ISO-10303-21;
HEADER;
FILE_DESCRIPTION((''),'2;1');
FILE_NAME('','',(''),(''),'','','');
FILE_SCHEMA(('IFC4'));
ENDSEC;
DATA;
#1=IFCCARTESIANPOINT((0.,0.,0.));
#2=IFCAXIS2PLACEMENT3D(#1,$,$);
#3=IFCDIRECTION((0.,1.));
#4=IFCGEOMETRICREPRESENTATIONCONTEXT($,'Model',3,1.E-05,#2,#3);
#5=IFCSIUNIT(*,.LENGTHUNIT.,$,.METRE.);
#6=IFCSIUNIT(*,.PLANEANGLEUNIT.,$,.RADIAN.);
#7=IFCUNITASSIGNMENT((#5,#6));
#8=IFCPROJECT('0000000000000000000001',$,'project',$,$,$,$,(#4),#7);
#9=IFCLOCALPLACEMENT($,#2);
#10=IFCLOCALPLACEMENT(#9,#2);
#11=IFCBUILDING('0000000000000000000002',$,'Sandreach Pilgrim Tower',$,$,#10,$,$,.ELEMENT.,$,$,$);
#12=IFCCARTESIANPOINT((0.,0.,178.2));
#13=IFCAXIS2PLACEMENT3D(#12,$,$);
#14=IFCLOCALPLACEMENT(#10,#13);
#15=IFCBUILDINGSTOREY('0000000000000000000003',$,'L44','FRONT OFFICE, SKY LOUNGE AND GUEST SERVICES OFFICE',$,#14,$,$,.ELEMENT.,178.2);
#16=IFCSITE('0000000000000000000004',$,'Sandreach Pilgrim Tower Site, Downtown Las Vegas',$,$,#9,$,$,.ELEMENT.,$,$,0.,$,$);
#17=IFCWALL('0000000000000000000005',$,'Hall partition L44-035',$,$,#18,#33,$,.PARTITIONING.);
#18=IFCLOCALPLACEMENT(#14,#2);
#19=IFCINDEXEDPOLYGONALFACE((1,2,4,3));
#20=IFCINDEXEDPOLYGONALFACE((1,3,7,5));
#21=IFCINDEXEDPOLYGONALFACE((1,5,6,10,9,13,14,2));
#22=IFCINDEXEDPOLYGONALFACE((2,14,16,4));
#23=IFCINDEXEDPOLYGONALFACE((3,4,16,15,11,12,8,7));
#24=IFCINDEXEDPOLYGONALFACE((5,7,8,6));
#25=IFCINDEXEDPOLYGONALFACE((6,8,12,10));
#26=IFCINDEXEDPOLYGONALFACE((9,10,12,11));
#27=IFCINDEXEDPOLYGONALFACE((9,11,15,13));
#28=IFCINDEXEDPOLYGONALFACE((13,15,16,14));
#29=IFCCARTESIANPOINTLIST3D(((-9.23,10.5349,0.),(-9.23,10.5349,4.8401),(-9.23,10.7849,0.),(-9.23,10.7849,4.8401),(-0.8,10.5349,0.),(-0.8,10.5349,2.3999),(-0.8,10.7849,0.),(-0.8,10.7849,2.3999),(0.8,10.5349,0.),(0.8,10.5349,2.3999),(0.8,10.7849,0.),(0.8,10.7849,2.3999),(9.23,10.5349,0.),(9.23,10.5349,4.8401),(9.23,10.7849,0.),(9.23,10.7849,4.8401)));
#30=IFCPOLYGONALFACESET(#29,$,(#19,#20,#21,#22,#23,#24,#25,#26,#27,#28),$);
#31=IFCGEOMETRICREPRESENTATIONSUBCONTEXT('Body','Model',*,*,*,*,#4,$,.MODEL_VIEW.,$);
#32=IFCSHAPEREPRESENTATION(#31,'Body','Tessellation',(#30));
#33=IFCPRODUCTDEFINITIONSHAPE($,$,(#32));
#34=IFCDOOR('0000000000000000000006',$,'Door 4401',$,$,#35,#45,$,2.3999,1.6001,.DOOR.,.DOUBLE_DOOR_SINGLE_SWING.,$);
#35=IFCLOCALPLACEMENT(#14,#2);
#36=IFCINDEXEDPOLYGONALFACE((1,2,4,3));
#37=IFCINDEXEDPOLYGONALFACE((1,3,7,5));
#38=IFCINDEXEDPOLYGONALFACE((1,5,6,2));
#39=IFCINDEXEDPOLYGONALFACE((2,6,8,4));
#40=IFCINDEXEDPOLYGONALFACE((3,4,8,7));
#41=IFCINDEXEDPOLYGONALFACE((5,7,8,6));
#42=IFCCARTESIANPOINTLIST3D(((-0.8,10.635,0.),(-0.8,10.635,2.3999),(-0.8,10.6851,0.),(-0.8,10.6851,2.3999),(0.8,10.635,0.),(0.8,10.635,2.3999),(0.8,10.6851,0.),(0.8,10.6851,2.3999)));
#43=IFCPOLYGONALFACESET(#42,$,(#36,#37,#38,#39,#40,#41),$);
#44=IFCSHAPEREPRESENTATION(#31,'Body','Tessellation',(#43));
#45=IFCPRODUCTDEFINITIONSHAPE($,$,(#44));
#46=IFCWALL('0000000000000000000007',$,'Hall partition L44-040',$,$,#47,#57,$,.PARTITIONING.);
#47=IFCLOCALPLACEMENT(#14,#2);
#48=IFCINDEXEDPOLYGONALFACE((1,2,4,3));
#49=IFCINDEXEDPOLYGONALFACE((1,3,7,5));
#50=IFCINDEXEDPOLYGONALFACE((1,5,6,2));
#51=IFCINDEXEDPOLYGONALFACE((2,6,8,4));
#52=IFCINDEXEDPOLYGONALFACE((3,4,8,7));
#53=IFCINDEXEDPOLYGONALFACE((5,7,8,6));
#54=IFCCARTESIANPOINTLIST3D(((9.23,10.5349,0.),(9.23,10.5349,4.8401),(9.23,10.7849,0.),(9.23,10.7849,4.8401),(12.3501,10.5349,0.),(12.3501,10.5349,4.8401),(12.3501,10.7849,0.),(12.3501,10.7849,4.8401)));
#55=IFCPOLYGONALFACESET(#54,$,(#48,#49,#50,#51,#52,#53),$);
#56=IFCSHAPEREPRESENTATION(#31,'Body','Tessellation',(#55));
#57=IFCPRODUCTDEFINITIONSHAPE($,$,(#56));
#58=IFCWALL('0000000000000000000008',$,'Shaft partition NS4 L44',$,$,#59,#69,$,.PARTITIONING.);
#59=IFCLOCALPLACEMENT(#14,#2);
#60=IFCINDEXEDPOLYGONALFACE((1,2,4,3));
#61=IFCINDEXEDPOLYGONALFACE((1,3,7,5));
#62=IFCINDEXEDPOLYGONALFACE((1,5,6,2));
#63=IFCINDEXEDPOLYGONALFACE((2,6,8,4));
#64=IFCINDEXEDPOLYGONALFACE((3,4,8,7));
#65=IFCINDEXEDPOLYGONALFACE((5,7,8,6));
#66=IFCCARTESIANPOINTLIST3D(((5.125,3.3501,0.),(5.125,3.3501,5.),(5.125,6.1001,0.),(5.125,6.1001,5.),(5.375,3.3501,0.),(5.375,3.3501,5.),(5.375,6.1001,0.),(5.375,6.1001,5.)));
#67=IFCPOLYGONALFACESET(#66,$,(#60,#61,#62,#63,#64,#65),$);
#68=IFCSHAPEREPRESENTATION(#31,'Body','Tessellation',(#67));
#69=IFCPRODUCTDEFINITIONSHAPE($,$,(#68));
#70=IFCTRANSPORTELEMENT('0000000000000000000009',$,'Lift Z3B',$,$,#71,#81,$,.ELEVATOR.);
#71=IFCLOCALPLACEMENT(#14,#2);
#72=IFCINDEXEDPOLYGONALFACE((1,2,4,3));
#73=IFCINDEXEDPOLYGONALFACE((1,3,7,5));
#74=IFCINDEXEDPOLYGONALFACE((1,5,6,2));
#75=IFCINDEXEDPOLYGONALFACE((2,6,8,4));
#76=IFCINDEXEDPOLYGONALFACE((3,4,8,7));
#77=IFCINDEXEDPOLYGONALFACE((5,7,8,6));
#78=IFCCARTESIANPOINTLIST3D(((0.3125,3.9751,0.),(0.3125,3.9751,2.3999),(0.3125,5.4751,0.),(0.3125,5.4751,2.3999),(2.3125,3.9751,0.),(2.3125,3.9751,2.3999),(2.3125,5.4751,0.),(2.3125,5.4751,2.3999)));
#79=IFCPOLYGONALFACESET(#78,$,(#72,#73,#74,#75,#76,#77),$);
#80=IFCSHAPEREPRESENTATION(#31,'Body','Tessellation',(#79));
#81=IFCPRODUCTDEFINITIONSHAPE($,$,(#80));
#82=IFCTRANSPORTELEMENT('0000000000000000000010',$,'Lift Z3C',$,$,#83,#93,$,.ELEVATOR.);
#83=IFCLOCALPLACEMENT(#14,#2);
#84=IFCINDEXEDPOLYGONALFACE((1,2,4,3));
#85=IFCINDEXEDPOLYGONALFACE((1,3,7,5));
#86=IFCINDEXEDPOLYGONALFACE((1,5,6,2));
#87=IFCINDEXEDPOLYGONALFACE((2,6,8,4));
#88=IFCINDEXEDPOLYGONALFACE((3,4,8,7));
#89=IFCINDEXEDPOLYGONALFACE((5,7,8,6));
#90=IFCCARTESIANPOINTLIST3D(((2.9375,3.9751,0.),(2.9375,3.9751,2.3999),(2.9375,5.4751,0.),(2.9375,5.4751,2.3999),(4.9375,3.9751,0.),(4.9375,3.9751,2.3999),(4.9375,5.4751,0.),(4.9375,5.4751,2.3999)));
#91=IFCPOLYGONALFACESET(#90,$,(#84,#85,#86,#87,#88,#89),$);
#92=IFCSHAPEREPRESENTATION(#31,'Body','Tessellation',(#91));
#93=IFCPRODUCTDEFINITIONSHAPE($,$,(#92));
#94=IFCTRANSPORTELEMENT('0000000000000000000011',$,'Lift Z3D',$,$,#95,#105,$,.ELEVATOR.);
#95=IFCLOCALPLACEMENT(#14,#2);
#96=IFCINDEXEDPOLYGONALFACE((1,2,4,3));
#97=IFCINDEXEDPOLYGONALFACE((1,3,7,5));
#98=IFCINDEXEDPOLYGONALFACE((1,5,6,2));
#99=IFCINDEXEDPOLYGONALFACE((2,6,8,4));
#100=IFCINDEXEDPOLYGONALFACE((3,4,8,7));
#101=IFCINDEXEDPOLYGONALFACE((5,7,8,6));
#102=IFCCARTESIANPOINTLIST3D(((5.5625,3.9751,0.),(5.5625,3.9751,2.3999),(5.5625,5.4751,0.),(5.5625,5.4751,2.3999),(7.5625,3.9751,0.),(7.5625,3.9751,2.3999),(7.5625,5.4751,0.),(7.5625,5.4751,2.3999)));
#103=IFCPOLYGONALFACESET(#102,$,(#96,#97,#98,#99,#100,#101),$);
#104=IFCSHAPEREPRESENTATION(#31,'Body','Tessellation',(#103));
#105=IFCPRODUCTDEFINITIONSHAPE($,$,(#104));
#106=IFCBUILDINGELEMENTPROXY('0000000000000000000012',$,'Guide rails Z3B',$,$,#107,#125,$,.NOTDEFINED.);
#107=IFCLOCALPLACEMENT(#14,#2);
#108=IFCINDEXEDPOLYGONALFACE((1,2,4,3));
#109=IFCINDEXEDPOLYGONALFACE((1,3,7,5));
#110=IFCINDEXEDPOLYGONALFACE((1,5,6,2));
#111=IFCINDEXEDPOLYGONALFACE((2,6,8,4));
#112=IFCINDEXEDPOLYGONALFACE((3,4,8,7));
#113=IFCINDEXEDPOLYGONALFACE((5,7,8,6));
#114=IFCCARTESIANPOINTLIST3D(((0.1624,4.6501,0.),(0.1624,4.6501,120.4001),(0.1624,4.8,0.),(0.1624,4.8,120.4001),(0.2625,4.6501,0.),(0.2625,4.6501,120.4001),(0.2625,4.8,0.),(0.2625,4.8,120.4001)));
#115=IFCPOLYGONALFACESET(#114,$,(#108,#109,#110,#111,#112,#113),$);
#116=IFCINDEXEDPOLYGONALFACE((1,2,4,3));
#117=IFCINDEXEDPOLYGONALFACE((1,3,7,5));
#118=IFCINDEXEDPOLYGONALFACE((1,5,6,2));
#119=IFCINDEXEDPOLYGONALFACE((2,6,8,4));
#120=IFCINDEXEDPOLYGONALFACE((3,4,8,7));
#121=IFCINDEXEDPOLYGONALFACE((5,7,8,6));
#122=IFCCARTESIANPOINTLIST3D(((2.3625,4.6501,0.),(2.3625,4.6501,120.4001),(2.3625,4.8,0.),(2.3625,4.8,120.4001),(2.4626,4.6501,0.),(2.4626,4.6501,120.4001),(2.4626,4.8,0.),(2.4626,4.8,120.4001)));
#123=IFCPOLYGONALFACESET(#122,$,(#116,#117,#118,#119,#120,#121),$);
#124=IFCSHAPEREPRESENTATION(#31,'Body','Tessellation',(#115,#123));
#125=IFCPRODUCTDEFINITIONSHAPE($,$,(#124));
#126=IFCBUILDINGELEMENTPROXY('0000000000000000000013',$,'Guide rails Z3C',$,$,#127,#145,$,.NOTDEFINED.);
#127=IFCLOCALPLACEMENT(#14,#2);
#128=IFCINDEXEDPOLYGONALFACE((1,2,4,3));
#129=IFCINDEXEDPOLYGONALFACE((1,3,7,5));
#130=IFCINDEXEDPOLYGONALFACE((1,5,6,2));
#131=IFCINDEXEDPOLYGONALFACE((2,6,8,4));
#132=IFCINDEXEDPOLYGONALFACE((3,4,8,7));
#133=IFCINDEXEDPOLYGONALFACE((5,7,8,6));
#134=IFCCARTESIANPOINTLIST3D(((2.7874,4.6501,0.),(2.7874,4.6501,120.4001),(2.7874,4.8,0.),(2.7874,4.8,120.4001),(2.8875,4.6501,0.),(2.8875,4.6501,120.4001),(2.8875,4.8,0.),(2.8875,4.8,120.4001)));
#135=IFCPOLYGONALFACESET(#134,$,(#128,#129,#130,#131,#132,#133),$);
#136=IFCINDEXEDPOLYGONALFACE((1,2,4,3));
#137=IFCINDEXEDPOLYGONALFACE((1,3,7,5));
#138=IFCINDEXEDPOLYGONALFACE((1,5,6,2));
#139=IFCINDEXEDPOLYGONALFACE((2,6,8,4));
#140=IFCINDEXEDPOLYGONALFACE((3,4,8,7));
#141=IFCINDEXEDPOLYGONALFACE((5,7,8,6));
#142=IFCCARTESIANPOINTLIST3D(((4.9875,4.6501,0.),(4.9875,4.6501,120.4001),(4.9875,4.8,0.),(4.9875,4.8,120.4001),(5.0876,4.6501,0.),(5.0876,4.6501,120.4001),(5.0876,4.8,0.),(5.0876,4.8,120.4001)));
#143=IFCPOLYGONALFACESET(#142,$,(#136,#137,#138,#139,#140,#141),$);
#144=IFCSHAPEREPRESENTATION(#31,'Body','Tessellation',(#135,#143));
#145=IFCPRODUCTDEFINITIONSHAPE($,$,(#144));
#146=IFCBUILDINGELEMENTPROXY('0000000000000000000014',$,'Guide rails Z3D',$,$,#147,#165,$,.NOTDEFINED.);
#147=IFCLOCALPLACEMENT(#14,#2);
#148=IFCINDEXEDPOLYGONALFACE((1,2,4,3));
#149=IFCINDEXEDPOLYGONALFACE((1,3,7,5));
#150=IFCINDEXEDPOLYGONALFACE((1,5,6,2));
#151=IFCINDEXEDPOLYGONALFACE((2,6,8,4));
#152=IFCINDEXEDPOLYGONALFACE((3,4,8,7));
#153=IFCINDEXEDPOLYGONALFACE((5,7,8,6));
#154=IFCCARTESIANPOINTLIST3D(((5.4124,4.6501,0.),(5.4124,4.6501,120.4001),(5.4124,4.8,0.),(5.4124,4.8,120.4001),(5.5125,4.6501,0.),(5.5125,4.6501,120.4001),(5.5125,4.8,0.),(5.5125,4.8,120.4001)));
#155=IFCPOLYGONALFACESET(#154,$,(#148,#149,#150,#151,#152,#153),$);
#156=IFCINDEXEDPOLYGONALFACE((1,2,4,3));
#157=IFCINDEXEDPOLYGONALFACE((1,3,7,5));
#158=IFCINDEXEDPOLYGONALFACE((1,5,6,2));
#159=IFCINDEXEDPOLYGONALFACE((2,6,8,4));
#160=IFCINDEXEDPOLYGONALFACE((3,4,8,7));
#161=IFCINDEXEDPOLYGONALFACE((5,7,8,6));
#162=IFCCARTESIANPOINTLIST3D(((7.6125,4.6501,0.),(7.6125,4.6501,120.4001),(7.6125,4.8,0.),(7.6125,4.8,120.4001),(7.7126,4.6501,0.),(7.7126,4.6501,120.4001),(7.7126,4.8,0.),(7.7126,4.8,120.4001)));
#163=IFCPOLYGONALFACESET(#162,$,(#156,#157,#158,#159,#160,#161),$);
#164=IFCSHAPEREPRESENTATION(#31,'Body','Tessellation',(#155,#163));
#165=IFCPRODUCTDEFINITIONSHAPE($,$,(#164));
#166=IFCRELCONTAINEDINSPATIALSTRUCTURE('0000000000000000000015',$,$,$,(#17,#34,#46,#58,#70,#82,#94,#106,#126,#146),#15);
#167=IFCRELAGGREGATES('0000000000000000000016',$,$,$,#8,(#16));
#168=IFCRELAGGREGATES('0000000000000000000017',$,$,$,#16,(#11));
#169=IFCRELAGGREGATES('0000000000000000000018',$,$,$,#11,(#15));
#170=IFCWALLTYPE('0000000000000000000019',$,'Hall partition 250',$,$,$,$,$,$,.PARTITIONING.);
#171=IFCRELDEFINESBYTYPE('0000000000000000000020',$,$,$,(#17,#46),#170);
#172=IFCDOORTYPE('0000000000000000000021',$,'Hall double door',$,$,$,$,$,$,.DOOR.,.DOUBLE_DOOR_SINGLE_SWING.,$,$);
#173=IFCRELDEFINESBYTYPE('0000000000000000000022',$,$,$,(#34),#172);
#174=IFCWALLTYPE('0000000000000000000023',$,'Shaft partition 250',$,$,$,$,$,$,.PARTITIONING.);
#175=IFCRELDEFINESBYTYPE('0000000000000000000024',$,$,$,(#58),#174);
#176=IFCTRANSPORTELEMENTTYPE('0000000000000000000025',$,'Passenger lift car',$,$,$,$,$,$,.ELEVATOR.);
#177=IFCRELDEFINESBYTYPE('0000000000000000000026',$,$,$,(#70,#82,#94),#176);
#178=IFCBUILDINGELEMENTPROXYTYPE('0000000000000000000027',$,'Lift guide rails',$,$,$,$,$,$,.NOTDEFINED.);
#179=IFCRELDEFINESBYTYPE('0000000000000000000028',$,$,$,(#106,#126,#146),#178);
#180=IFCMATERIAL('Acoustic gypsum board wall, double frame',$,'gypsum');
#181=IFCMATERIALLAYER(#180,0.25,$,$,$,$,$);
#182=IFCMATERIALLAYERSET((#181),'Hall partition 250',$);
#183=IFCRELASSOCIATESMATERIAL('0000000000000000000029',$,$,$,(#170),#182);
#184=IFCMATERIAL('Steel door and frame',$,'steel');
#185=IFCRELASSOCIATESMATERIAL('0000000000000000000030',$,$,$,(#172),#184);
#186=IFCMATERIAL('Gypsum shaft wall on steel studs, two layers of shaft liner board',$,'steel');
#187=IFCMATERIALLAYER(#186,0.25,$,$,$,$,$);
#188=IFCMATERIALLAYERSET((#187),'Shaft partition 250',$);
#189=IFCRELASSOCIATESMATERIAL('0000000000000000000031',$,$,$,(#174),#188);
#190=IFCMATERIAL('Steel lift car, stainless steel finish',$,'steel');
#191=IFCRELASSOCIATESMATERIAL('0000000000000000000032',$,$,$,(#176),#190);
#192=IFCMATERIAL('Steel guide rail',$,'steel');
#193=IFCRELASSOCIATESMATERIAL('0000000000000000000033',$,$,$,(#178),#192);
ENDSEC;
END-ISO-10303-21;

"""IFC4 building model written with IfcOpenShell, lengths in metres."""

from ifc_helpers import new_model, si_unit, direction, frame, frame_2d, origin, origin_2d, place, context, subcontext, project, spatial, rectangle, extrude, material, layer, layer_set, type_object, element, fill, save


model = new_model("IFC4")

# Units and contexts
model_context = context("Model", 3, precision=1e-05, world=origin(), true_north=direction((0.0, 1.0)))
body_context = subcontext(model_context, "Body", "Model", "MODEL_VIEW")
ifc_project = project(units=[si_unit("LENGTHUNIT", "METRE"), si_unit("PLANEANGLEUNIT", "RADIAN")], contexts=[model_context])

# Site, building, storey
site_placement = place(None, origin())
site = spatial("IfcSite", under=ifc_project, at=site_placement, Name="Sandreach Pilgrim Tower Site, Downtown Las Vegas", CompositionType="ELEMENT", RefElevation=0.0)
building_placement = place(site_placement, origin())
building = spatial("IfcBuilding", under=site, at=building_placement, Name="Sandreach Pilgrim Tower", CompositionType="ELEMENT")
storey_placement = place(building_placement, frame((0.0, 0.0, 178.2)))
storey = spatial("IfcBuildingStorey", under=building, at=storey_placement, Name="L44", Description="FRONT OFFICE, SKY LOUNGE AND GUEST SERVICES OFFICE", CompositionType="ELEMENT", Elevation=178.2)

# Wall, opening, door
ifc_material_1 = material(Name="Acoustic gypsum board wall, double frame", Category="gypsum")
ifc_layer_1 = layer(ifc_material_1, 0.25)
ifc_layer_set_1 = layer_set([ifc_layer_1], Name="Hall partition 250")
wall_type_1 = type_object("IfcWallType", Name="Hall partition 250", PredefinedType="PARTITIONING", material=ifc_layer_set_1)
wall_1_placement = place(storey_placement, frame((9.23, 10.6599, 0.0), z_axis=(0.0, 0.0, 1.0), x_axis=(-1.0, 0.0, 0.0)))
wall_1 = element("IfcWall", 1, at=wall_1_placement, inside=storey, type_object=wall_type_1, Name="Hall partition L44-035", PredefinedType="PARTITIONING", context=body_context, shape_type="SweptSolid", body=[
    extrude(rectangle(XDim=18.46, YDim=0.25, at=frame_2d((9.23, 0.0))), origin(), (0.0, 0.0, 1.0), 4.8401),
])
opening_1_placement = place(wall_1_placement, frame((8.4299, 0.0, 0.0)))
opening_1 = element("IfcOpeningElement", 2, at=opening_1_placement, cuts=wall_1, PredefinedType="OPENING", context=body_context, shape_type="SweptSolid", body=[
    extrude(rectangle(XDim=1.6001, YDim=2.3999, at=frame_2d((0.8, 1.2))), frame((0.0, 0.125, 0.0), z_axis=(0.0, -1.0, 0.0), x_axis=(1.0, 0.0, 0.0)), (0.0, 0.0, 1.0), 0.25),
])
ifc_material_2 = material(Name="Steel door and frame", Category="steel")
door_type = type_object("IfcDoorType", Name="Hall double door", OperationType="DOUBLE_DOOR_SINGLE_SWING", PredefinedType="DOOR", material=ifc_material_2)
door_1_placement = place(opening_1_placement, origin())
door_1 = element("IfcDoor", 3, at=door_1_placement, inside=storey, type_object=door_type, Name="Door 4401", OperationType="DOUBLE_DOOR_SINGLE_SWING", OverallHeight=2.3999, OverallWidth=1.6001, PredefinedType="DOOR", context=body_context, shape_type="SweptSolid", body=[
    extrude(rectangle(XDim=1.6001, YDim=2.3999, at=frame_2d((0.8, 1.2))), frame((0.0, 0.0249, 0.0), z_axis=(0.0, -1.0, 0.0), x_axis=(1.0, 0.0, 0.0)), (0.0, 0.0, 1.0), 0.05),
])
fill(opening_1, door_1)

# Wall
wall_2_placement = place(storey_placement, frame((12.3501, 10.6599, 0.0), z_axis=(0.0, 0.0, 1.0), x_axis=(-1.0, 0.0, 0.0)))
element("IfcWall", 4, at=wall_2_placement, inside=storey, type_object=wall_type_1, Name="Hall partition L44-040", PredefinedType="PARTITIONING", context=body_context, shape_type="SweptSolid", body=[
    extrude(rectangle(XDim=3.1201, YDim=0.25, at=frame_2d((1.5601, 0.0))), origin(), (0.0, 0.0, 1.0), 4.8401),
])

# Wall
ifc_material_3 = material(Name="Gypsum shaft wall on steel studs, two layers of shaft liner board", Category="steel")
ifc_layer_2 = layer(ifc_material_3, 0.25)
ifc_layer_set_2 = layer_set([ifc_layer_2], Name="Shaft partition 250")
wall_type_2 = type_object("IfcWallType", Name="Shaft partition 250", PredefinedType="PARTITIONING", material=ifc_layer_set_2)
wall_3_placement = place(storey_placement, frame((5.25, 3.3501, 0.0), z_axis=(0.0, 0.0, 1.0), x_axis=(0.0, 1.0, 0.0)))
element("IfcWall", 5, at=wall_3_placement, inside=storey, type_object=wall_type_2, Name="Shaft partition NS4 L44", PredefinedType="PARTITIONING", context=body_context, shape_type="SweptSolid", body=[
    extrude(rectangle(XDim=2.75, YDim=0.25, at=frame_2d((1.375, 0.0))), origin(), (0.0, 0.0, 1.0), 5.0),
])

# Transport elements
ifc_material_4 = material(Name="Steel lift car, stainless steel finish", Category="steel")
transport_element_type = type_object("IfcTransportElementType", Name="Passenger lift car", PredefinedType="ELEVATOR", material=ifc_material_4)
for number, where, z_axis, x_axis, name in (
    (6, (1.3125, 4.7251, 0.0), (0.0, 0.0, 1.0), (1.0, 0.0, 0.0), "Lift Z3B"),
    (7, (3.9375, 4.7251, 0.0), (0.0, 0.0, 1.0), (1.0, 0.0, 0.0), "Lift Z3C"),
    (8, (6.5625, 4.7251, 0.0), (0.0, 0.0, 1.0), (1.0, 0.0, 0.0), "Lift Z3D"),
):
    element("IfcTransportElement", number, at=place(storey_placement, frame(where, z_axis=z_axis, x_axis=x_axis)), inside=storey, type_object=transport_element_type, Name=name, PredefinedType="ELEVATOR", context=body_context, shape_type="SweptSolid", body=[
        extrude(rectangle(XDim=2.0, YDim=1.5, at=origin_2d()), origin(), (0.0, 0.0, 1.0), 2.3999),
    ])

# Building element proxies
ifc_material_5 = material(Name="Steel guide rail", Category="steel")
building_element_proxy_type = type_object("IfcBuildingElementProxyType", Name="Lift guide rails", PredefinedType="NOTDEFINED", material=ifc_material_5)
for number, where, z_axis, x_axis, name in (
    (9, (1.3125, 4.7251, 0.0), (0.0, 0.0, 1.0), (1.0, 0.0, 0.0), "Guide rails Z3B"),
    (10, (3.9375, 4.7251, 0.0), (0.0, 0.0, 1.0), (1.0, 0.0, 0.0), "Guide rails Z3C"),
    (11, (6.5625, 4.7251, 0.0), (0.0, 0.0, 1.0), (1.0, 0.0, 0.0), "Guide rails Z3D"),
):
    element("IfcBuildingElementProxy", number, at=place(storey_placement, frame(where, z_axis=z_axis, x_axis=x_axis)), inside=storey, type_object=building_element_proxy_type, Name=name, PredefinedType="NOTDEFINED", context=body_context, shape_type="SweptSolid", body=[
        extrude(rectangle(XDim=0.1001, YDim=0.1499, at=origin_2d()), frame((-1.1001, 0.0, 0.0)), (0.0, 0.0, 1.0), 120.4001),
        extrude(rectangle(XDim=0.1001, YDim=0.1499, at=origin_2d()), frame((1.1001, 0.0, 0.0)), (0.0, 0.0, 1.0), 120.4001),
    ])

save(model, "model.ifc")
